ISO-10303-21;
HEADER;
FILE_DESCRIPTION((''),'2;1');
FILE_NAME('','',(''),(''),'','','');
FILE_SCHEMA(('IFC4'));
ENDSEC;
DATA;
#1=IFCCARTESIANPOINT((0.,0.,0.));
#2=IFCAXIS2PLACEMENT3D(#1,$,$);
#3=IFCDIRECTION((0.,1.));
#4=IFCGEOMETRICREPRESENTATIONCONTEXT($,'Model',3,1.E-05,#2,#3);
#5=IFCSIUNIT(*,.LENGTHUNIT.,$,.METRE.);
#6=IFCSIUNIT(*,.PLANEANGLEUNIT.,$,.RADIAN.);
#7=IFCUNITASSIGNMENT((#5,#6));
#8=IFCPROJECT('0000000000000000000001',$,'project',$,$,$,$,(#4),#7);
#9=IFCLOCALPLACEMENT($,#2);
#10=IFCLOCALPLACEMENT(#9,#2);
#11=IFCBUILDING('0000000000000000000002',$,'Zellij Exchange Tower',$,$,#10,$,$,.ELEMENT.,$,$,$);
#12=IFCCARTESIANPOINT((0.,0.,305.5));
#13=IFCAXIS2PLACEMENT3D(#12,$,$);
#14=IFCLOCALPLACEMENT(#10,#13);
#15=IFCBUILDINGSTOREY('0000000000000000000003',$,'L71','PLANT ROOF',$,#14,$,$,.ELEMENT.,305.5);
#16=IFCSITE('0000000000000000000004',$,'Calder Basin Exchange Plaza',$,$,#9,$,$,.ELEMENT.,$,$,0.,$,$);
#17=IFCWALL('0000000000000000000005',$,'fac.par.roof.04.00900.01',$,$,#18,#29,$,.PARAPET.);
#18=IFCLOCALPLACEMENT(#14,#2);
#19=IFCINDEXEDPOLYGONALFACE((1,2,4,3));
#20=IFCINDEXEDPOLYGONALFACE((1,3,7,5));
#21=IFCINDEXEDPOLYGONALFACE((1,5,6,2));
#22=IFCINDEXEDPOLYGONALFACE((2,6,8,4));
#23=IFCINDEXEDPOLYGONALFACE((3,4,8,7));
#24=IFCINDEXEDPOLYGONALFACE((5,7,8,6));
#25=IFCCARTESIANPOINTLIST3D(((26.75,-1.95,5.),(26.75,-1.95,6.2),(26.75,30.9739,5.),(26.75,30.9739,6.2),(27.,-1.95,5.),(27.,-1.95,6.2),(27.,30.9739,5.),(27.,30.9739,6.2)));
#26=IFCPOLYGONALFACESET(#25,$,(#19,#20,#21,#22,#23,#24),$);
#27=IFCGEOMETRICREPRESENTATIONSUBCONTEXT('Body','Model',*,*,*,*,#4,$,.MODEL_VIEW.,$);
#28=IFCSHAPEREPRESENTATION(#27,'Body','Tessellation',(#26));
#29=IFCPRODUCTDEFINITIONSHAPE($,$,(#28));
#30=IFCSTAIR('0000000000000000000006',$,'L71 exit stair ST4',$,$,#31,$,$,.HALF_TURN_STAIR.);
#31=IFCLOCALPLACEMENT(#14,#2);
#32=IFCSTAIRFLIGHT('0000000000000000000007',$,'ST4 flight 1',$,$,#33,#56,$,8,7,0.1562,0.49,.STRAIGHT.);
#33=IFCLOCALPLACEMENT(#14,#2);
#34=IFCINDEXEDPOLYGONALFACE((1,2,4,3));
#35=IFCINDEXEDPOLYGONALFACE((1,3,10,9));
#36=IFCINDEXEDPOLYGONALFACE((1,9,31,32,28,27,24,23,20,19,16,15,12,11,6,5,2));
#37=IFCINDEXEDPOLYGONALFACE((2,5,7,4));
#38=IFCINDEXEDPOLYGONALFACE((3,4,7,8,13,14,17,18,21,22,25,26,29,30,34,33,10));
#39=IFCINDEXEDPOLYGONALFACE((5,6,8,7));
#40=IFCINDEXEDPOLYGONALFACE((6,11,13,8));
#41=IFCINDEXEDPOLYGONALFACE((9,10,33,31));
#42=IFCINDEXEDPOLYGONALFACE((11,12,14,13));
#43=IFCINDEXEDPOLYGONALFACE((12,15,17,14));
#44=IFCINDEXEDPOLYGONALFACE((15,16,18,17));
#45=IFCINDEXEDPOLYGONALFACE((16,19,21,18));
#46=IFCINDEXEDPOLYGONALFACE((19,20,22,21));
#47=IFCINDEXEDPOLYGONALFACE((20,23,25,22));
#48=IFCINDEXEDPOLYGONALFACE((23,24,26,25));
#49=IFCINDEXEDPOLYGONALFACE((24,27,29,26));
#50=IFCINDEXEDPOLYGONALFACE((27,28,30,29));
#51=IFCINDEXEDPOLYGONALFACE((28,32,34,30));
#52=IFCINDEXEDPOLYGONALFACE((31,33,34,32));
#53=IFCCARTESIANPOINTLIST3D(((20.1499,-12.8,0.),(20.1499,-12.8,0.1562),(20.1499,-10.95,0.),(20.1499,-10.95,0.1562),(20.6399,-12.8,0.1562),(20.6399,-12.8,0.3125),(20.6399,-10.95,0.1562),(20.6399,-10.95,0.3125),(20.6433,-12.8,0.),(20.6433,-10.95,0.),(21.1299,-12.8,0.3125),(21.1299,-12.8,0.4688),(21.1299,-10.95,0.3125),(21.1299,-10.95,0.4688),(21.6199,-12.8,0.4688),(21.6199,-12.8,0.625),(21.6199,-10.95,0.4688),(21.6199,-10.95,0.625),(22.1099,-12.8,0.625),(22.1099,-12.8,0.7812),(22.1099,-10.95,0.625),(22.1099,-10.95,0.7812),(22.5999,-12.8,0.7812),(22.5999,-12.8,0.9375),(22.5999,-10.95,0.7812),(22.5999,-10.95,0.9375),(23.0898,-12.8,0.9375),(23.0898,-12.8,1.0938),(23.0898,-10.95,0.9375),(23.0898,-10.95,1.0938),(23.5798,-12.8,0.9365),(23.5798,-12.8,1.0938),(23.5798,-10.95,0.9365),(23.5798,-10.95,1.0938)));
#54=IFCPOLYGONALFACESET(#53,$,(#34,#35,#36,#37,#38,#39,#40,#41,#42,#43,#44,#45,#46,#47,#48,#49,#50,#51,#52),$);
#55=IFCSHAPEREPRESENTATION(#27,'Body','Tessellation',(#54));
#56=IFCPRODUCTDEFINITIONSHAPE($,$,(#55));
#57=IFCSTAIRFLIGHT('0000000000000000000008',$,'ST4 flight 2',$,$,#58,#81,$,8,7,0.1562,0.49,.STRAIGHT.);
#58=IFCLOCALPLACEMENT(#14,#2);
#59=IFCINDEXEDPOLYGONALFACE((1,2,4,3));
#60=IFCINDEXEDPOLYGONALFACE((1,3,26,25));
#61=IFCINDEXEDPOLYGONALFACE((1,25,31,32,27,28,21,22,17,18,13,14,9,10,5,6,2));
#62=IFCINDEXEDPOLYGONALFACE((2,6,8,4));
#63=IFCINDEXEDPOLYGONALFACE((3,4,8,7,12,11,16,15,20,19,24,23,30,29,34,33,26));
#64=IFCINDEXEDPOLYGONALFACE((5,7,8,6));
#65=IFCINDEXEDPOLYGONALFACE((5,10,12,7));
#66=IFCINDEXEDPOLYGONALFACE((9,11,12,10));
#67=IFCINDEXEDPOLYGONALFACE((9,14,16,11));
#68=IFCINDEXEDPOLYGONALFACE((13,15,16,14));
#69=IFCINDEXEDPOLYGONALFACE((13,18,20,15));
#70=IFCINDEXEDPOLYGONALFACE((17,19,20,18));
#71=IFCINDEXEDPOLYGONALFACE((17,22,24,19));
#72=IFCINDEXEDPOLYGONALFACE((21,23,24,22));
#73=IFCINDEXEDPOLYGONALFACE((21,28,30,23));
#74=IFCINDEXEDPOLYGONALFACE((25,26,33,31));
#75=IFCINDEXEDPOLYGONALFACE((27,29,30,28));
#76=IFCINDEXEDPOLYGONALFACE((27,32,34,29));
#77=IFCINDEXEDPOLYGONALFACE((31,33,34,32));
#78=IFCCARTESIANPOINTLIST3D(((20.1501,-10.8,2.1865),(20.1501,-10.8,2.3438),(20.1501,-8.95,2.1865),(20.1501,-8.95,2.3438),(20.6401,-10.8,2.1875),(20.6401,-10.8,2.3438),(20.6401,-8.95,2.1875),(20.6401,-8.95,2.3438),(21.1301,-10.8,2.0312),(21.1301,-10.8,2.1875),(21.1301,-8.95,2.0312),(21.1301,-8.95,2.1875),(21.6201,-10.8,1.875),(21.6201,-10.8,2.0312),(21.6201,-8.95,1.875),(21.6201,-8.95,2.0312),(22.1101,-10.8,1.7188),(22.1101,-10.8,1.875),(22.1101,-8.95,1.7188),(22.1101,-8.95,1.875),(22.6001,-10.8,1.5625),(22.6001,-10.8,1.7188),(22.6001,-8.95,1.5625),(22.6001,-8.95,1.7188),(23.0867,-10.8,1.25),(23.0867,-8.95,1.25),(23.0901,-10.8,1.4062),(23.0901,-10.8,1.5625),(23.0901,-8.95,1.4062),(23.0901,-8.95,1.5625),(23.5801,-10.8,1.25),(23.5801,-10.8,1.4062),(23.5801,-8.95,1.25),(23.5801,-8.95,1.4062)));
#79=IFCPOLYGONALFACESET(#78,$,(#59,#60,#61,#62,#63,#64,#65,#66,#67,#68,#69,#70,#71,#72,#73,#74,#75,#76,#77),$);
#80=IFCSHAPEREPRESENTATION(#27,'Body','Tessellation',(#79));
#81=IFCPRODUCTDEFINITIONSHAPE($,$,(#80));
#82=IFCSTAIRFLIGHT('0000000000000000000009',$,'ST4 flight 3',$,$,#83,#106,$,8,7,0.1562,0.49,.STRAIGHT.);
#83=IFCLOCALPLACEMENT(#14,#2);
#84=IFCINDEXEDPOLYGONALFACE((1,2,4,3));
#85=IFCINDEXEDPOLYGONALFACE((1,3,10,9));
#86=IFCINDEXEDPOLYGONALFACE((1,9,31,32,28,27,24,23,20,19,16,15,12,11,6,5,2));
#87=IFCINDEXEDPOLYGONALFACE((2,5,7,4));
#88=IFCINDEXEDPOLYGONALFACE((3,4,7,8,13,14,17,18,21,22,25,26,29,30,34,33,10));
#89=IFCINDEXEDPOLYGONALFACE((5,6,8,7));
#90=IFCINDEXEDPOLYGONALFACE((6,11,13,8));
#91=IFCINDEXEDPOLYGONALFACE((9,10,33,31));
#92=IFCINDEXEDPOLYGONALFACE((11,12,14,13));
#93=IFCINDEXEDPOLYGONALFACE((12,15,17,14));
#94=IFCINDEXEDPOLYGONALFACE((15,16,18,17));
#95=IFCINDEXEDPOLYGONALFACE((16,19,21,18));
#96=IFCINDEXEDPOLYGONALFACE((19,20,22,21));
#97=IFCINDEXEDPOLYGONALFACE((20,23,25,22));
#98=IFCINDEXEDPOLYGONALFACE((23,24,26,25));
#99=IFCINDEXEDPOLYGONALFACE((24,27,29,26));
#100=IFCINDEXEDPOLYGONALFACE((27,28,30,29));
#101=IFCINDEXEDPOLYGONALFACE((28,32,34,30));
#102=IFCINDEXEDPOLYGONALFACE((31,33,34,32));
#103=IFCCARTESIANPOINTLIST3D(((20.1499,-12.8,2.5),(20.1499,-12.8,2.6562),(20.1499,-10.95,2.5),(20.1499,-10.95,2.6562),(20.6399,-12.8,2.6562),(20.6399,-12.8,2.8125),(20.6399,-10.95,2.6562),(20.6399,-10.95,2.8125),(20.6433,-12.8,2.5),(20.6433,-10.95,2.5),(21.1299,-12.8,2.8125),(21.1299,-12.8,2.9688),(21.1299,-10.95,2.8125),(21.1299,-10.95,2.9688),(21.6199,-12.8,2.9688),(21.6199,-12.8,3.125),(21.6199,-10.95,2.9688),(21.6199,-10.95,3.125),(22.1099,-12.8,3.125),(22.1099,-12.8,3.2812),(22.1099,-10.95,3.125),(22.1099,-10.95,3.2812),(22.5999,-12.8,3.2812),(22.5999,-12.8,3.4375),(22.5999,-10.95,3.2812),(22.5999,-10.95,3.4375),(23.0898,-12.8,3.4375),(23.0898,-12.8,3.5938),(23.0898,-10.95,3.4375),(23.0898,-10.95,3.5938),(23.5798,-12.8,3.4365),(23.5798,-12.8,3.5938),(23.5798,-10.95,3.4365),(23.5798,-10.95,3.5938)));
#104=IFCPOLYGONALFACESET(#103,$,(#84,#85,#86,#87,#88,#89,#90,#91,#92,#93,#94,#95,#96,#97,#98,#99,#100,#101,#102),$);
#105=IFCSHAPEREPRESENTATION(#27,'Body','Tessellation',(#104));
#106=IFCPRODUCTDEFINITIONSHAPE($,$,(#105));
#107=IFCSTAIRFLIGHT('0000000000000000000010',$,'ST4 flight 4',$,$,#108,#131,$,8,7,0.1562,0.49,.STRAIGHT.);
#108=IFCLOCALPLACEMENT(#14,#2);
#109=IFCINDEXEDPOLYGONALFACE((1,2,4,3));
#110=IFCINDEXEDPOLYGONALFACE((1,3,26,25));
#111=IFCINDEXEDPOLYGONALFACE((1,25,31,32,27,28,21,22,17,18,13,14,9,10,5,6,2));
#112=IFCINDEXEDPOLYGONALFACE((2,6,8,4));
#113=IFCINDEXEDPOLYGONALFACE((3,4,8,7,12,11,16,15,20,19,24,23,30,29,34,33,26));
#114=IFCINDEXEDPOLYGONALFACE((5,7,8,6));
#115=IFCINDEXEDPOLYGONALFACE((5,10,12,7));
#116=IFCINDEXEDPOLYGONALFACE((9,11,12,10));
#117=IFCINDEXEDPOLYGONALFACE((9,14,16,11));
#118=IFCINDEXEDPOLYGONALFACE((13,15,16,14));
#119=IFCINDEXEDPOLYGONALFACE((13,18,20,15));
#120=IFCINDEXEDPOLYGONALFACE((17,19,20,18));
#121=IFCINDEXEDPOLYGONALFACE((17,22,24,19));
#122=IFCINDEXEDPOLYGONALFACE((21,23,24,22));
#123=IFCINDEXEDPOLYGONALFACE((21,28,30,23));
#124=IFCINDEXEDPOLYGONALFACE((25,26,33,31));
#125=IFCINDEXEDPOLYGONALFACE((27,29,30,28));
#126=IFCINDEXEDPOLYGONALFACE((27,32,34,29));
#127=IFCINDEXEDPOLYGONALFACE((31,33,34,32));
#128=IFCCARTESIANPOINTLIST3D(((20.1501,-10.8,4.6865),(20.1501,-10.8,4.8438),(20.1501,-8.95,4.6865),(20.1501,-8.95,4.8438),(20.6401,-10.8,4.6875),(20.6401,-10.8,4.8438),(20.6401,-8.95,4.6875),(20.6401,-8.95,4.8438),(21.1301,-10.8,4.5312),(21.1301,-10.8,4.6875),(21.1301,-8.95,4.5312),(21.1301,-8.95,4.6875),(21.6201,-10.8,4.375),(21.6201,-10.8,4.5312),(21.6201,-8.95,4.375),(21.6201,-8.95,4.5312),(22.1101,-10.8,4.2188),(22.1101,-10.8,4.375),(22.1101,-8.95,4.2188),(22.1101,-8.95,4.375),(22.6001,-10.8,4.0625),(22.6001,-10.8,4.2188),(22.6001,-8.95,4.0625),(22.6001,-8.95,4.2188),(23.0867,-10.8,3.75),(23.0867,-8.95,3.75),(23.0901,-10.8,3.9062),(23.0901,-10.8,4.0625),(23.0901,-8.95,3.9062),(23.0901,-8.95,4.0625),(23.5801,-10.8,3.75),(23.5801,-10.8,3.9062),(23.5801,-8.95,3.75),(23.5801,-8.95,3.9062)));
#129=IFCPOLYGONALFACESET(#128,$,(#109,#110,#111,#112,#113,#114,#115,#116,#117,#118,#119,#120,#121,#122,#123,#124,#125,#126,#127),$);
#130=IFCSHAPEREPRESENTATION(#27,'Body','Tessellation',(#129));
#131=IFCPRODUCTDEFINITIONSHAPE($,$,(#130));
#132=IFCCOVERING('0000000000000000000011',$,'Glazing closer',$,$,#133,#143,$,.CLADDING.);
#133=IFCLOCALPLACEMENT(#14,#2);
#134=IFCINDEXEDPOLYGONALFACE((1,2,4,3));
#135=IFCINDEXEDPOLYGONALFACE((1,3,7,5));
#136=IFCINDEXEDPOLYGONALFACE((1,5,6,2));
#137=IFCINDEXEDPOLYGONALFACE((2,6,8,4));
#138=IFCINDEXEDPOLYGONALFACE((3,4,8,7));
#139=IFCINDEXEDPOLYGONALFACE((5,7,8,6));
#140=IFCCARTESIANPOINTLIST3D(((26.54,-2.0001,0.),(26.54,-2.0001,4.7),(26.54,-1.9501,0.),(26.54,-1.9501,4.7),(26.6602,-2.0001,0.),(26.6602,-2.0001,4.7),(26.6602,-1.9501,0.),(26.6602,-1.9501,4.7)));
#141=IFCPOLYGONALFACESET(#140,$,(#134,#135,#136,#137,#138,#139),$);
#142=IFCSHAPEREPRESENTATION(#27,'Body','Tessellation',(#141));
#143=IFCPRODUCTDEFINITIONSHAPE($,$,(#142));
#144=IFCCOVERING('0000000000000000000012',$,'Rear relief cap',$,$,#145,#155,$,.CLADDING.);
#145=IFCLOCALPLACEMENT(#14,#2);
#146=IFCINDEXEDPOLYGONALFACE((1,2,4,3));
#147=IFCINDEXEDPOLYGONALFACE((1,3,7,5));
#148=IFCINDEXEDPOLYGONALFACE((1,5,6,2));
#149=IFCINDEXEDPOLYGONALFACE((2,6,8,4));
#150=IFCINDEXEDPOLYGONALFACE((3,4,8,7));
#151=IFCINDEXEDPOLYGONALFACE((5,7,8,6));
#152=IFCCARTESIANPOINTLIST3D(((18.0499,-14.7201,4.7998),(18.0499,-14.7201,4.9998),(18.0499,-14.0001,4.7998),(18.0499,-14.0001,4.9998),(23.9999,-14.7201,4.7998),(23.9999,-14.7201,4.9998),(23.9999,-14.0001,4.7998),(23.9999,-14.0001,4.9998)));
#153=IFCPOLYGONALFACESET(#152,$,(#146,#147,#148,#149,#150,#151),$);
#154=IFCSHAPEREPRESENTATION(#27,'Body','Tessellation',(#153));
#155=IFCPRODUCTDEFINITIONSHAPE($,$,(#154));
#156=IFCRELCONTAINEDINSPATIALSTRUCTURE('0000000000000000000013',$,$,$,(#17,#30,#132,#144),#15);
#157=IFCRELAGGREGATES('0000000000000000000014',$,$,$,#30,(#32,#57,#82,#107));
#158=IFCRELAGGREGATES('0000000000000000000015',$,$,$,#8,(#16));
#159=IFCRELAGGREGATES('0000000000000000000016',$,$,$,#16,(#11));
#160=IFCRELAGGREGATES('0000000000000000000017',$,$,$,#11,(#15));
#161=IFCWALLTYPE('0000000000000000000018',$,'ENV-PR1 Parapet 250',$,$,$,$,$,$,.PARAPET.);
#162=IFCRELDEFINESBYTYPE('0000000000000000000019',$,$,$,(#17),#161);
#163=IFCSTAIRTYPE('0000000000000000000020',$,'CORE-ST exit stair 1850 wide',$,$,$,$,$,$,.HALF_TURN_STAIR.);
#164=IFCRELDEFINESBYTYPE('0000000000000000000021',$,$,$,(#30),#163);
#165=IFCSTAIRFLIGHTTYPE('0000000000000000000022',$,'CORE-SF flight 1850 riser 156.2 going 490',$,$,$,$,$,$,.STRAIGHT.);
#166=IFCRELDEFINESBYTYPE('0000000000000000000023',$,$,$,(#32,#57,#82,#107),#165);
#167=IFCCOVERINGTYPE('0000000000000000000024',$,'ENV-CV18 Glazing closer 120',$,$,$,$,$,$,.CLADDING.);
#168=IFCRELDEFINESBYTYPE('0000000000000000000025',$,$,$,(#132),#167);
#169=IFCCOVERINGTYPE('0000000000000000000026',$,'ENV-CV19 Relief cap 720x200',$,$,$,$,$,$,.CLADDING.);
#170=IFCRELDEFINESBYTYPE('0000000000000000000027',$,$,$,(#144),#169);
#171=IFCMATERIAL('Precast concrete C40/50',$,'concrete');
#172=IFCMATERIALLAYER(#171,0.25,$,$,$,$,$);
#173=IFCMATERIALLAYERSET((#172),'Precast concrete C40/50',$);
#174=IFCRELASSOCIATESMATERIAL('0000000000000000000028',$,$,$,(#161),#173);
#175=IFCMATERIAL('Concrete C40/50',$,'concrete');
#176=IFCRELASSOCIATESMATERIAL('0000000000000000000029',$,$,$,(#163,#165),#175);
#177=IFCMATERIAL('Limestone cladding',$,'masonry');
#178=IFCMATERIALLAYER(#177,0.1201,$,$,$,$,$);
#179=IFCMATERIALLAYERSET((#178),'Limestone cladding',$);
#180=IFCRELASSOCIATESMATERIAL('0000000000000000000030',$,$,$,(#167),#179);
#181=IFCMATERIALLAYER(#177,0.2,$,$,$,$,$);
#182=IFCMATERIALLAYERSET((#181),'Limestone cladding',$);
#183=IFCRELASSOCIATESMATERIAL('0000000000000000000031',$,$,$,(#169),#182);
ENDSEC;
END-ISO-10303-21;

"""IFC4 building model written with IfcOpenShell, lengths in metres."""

from ifc_helpers import new_model, si_unit, direction, frame, frame_2d, origin, origin_2d, place, context, subcontext, project, spatial, polyline, rectangle, outline, extrude, material, layer, layer_set, type_object, element, aggregate, save


model = new_model("IFC4")

# Units and contexts
model_context = context("Model", 3, precision=1e-05, world=origin(), true_north=direction((0.0, 1.0)))
body_context = subcontext(model_context, "Body", "Model", "MODEL_VIEW")
ifc_project = project(units=[si_unit("LENGTHUNIT", "METRE"), si_unit("PLANEANGLEUNIT", "RADIAN")], contexts=[model_context])

# Site, building, storey
site_placement = place(None, origin())
site = spatial("IfcSite", under=ifc_project, at=site_placement, Name="Calder Basin Exchange Plaza", CompositionType="ELEMENT", RefElevation=0.0)
building_placement = place(site_placement, origin())
building = spatial("IfcBuilding", under=site, at=building_placement, Name="Zellij Exchange Tower", CompositionType="ELEMENT")
storey_placement = place(building_placement, frame((0.0, 0.0, 305.5)))
storey = spatial("IfcBuildingStorey", under=building, at=storey_placement, Name="L71", Description="PLANT ROOF", CompositionType="ELEMENT", Elevation=305.5)

# Shared definitions
ifc_material_1 = material(Name="Concrete C40/50", Category="concrete")

# Shared definitions
ifc_material_2 = material(Name="Precast concrete C40/50", Category="concrete")

# Wall
ifc_layer_1 = layer(ifc_material_2, 0.25)
ifc_layer_set_1 = layer_set([ifc_layer_1], Name="Precast concrete C40/50")
wall_type_1 = type_object("IfcWallType", Name="ENV-PR1 Parapet 250", PredefinedType="PARAPET", material=ifc_layer_set_1)
wall_1_placement = place(storey_placement, frame((26.875, -1.95, 5.0), z_axis=(0.0, 0.0, 1.0), x_axis=(0.0, 1.0, 0.0)))
element("IfcWall", 1, at=wall_1_placement, inside=storey, type_object=wall_type_1, Name="fac.par.roof.04.00900.01", PredefinedType="PARAPET", context=body_context, shape_type="SweptSolid", body=[
    extrude(rectangle(XDim=32.9238, YDim=0.25, at=frame_2d((16.4619, 0.0))), origin(), (0.0, 0.0, 1.0), 1.2),
])

# Stair, stair flights
stair_type = type_object("IfcStairType", Name="CORE-ST exit stair 1850 wide", PredefinedType="HALF_TURN_STAIR", material=ifc_material_1)
stair_placement = place(storey_placement, origin())
stair = element("IfcStair", 2, at=stair_placement, inside=storey, type_object=stair_type, Name="L71 exit stair ST4", PredefinedType="HALF_TURN_STAIR")
stair_flight_type = type_object("IfcStairFlightType", Name="CORE-SF flight 1850 riser 156.2 going 490", PredefinedType="STRAIGHT", material=ifc_material_1)
stair_flight_1_placement = place(storey_placement, frame((20.1499, -11.875, 0.0), z_axis=(0.0, 0.0, 1.0), x_axis=(1.0, 0.0, 0.0)))
stair_flight_1 = element("IfcStairFlight", 3, at=stair_flight_1_placement, type_object=stair_flight_type, Name="ST4 flight 1", NumberOfRisers=8, NumberOfTreads=7, PredefinedType="STRAIGHT", RiserHeight=0.1562, TreadLength=0.49, context=body_context, shape_type="SweptSolid", body=[
    extrude(outline(polyline([(0.0, 0.0), (0.0, 0.1562), (0.49, 0.1562), (0.49, 0.3125), (0.98, 0.3125), (0.98, 0.4688), (1.47, 0.4688), (1.47, 0.625), (1.96, 0.625), (1.96, 0.7812), (2.45, 0.7812), (2.45, 0.9375), (2.9399, 0.9375), (2.9399, 1.0938), (3.4299, 1.0938), (3.4299, 1.25), (3.4299, 0.9365), (0.4934, 0.0), (0.0, 0.0)])), frame((0.0, 0.925, 0.0), z_axis=(0.0, -1.0, 0.0), x_axis=(1.0, 0.0, 0.0)), (0.0, 0.0, 1.0), 1.8501),
])
stair_flight_2_placement = place(storey_placement, frame((23.5801, -9.875, 1.25), z_axis=(0.0, 0.0, 1.0), x_axis=(-1.0, 0.0, 0.0)))
stair_flight_2 = element("IfcStairFlight", 4, at=stair_flight_2_placement, type_object=stair_flight_type, Name="ST4 flight 2", NumberOfRisers=8, NumberOfTreads=7, PredefinedType="STRAIGHT", RiserHeight=0.1562, TreadLength=0.49, context=body_context, shape_type="SweptSolid", body=[
    extrude(outline(polyline([(0.0, 0.0), (0.0, 0.1562), (0.49, 0.1562), (0.49, 0.3125), (0.98, 0.3125), (0.98, 0.4688), (1.47, 0.4688), (1.47, 0.625), (1.96, 0.625), (1.96, 0.7812), (2.45, 0.7812), (2.45, 0.9375), (2.9399, 0.9375), (2.9399, 1.0938), (3.4299, 1.0938), (3.4299, 1.25), (3.4299, 0.9365), (0.4934, 0.0), (0.0, 0.0)])), frame((0.0, 0.925, 0.0), z_axis=(0.0, -1.0, 0.0), x_axis=(1.0, 0.0, 0.0)), (0.0, 0.0, 1.0), 1.8501),
])
stair_flight_3_placement = place(storey_placement, frame((20.1499, -11.875, 2.5), z_axis=(0.0, 0.0, 1.0), x_axis=(1.0, 0.0, 0.0)))
stair_flight_3 = element("IfcStairFlight", 5, at=stair_flight_3_placement, type_object=stair_flight_type, Name="ST4 flight 3", NumberOfRisers=8, NumberOfTreads=7, PredefinedType="STRAIGHT", RiserHeight=0.1562, TreadLength=0.49, context=body_context, shape_type="SweptSolid", body=[
    extrude(outline(polyline([(0.0, 0.0), (0.0, 0.1562), (0.49, 0.1562), (0.49, 0.3125), (0.98, 0.3125), (0.98, 0.4688), (1.47, 0.4688), (1.47, 0.625), (1.96, 0.625), (1.96, 0.7812), (2.45, 0.7812), (2.45, 0.9375), (2.9399, 0.9375), (2.9399, 1.0938), (3.4299, 1.0938), (3.4299, 1.25), (3.4299, 0.9365), (0.4934, 0.0), (0.0, 0.0)])), frame((0.0, 0.925, 0.0), z_axis=(0.0, -1.0, 0.0), x_axis=(1.0, 0.0, 0.0)), (0.0, 0.0, 1.0), 1.8501),
])
stair_flight_4_placement = place(storey_placement, frame((23.5801, -9.875, 3.75), z_axis=(0.0, 0.0, 1.0), x_axis=(-1.0, 0.0, 0.0)))
stair_flight_4 = element("IfcStairFlight", 6, at=stair_flight_4_placement, type_object=stair_flight_type, Name="ST4 flight 4", NumberOfRisers=8, NumberOfTreads=7, PredefinedType="STRAIGHT", RiserHeight=0.1562, TreadLength=0.49, context=body_context, shape_type="SweptSolid", body=[
    extrude(outline(polyline([(0.0, 0.0), (0.0, 0.1562), (0.49, 0.1562), (0.49, 0.3125), (0.98, 0.3125), (0.98, 0.4688), (1.47, 0.4688), (1.47, 0.625), (1.96, 0.625), (1.96, 0.7812), (2.45, 0.7812), (2.45, 0.9375), (2.9399, 0.9375), (2.9399, 1.0938), (3.4299, 1.0938), (3.4299, 1.25), (3.4299, 0.9365), (0.4934, 0.0), (0.0, 0.0)])), frame((0.0, 0.925, 0.0), z_axis=(0.0, -1.0, 0.0), x_axis=(1.0, 0.0, 0.0)), (0.0, 0.0, 1.0), 1.8501),
])
aggregate(stair, [stair_flight_1, stair_flight_2, stair_flight_3, stair_flight_4])

# Coverings
ifc_material_3 = material(Name="Limestone cladding", Category="masonry")
ifc_layer_2 = layer(ifc_material_3, 0.1201)
ifc_layer_set_2 = layer_set([ifc_layer_2], Name="Limestone cladding")
covering_type_1 = type_object("IfcCoveringType", Name="ENV-CV18 Glazing closer 120", PredefinedType="CLADDING", material=ifc_layer_set_2)
covering_1_placement = place(storey_placement, frame((26.6001, -1.9751, 0.0), z_axis=(0.0, 0.0, 1.0), x_axis=(0.0, -1.0, 0.0)))
element("IfcCovering", 7, at=covering_1_placement, inside=storey, type_object=covering_type_1, Name="Glazing closer", PredefinedType="CLADDING", context=body_context, shape_type="SweptSolid", body=[
    extrude(rectangle(XDim=0.05, YDim=0.1201, at=origin_2d()), origin(), (0.0, 0.0, 1.0), 4.7),
])
ifc_layer_3 = layer(ifc_material_3, 0.2)
ifc_layer_set_3 = layer_set([ifc_layer_3], Name="Limestone cladding")
covering_type_2 = type_object("IfcCoveringType", Name="ENV-CV19 Relief cap 720x200", PredefinedType="CLADDING", material=ifc_layer_set_3)
covering_2_placement = place(storey_placement, frame((21.0249, -14.3601, 4.7998), z_axis=(0.0, 0.0, 1.0), x_axis=(1.0, 0.0, 0.0)))
element("IfcCovering", 8, at=covering_2_placement, inside=storey, type_object=covering_type_2, Name="Rear relief cap", PredefinedType="CLADDING", context=body_context, shape_type="SweptSolid", body=[
    extrude(rectangle(XDim=5.95, YDim=0.72, at=origin_2d()), origin(), (0.0, 0.0, 1.0), 0.2),
])

save(model, "model.ifc")
